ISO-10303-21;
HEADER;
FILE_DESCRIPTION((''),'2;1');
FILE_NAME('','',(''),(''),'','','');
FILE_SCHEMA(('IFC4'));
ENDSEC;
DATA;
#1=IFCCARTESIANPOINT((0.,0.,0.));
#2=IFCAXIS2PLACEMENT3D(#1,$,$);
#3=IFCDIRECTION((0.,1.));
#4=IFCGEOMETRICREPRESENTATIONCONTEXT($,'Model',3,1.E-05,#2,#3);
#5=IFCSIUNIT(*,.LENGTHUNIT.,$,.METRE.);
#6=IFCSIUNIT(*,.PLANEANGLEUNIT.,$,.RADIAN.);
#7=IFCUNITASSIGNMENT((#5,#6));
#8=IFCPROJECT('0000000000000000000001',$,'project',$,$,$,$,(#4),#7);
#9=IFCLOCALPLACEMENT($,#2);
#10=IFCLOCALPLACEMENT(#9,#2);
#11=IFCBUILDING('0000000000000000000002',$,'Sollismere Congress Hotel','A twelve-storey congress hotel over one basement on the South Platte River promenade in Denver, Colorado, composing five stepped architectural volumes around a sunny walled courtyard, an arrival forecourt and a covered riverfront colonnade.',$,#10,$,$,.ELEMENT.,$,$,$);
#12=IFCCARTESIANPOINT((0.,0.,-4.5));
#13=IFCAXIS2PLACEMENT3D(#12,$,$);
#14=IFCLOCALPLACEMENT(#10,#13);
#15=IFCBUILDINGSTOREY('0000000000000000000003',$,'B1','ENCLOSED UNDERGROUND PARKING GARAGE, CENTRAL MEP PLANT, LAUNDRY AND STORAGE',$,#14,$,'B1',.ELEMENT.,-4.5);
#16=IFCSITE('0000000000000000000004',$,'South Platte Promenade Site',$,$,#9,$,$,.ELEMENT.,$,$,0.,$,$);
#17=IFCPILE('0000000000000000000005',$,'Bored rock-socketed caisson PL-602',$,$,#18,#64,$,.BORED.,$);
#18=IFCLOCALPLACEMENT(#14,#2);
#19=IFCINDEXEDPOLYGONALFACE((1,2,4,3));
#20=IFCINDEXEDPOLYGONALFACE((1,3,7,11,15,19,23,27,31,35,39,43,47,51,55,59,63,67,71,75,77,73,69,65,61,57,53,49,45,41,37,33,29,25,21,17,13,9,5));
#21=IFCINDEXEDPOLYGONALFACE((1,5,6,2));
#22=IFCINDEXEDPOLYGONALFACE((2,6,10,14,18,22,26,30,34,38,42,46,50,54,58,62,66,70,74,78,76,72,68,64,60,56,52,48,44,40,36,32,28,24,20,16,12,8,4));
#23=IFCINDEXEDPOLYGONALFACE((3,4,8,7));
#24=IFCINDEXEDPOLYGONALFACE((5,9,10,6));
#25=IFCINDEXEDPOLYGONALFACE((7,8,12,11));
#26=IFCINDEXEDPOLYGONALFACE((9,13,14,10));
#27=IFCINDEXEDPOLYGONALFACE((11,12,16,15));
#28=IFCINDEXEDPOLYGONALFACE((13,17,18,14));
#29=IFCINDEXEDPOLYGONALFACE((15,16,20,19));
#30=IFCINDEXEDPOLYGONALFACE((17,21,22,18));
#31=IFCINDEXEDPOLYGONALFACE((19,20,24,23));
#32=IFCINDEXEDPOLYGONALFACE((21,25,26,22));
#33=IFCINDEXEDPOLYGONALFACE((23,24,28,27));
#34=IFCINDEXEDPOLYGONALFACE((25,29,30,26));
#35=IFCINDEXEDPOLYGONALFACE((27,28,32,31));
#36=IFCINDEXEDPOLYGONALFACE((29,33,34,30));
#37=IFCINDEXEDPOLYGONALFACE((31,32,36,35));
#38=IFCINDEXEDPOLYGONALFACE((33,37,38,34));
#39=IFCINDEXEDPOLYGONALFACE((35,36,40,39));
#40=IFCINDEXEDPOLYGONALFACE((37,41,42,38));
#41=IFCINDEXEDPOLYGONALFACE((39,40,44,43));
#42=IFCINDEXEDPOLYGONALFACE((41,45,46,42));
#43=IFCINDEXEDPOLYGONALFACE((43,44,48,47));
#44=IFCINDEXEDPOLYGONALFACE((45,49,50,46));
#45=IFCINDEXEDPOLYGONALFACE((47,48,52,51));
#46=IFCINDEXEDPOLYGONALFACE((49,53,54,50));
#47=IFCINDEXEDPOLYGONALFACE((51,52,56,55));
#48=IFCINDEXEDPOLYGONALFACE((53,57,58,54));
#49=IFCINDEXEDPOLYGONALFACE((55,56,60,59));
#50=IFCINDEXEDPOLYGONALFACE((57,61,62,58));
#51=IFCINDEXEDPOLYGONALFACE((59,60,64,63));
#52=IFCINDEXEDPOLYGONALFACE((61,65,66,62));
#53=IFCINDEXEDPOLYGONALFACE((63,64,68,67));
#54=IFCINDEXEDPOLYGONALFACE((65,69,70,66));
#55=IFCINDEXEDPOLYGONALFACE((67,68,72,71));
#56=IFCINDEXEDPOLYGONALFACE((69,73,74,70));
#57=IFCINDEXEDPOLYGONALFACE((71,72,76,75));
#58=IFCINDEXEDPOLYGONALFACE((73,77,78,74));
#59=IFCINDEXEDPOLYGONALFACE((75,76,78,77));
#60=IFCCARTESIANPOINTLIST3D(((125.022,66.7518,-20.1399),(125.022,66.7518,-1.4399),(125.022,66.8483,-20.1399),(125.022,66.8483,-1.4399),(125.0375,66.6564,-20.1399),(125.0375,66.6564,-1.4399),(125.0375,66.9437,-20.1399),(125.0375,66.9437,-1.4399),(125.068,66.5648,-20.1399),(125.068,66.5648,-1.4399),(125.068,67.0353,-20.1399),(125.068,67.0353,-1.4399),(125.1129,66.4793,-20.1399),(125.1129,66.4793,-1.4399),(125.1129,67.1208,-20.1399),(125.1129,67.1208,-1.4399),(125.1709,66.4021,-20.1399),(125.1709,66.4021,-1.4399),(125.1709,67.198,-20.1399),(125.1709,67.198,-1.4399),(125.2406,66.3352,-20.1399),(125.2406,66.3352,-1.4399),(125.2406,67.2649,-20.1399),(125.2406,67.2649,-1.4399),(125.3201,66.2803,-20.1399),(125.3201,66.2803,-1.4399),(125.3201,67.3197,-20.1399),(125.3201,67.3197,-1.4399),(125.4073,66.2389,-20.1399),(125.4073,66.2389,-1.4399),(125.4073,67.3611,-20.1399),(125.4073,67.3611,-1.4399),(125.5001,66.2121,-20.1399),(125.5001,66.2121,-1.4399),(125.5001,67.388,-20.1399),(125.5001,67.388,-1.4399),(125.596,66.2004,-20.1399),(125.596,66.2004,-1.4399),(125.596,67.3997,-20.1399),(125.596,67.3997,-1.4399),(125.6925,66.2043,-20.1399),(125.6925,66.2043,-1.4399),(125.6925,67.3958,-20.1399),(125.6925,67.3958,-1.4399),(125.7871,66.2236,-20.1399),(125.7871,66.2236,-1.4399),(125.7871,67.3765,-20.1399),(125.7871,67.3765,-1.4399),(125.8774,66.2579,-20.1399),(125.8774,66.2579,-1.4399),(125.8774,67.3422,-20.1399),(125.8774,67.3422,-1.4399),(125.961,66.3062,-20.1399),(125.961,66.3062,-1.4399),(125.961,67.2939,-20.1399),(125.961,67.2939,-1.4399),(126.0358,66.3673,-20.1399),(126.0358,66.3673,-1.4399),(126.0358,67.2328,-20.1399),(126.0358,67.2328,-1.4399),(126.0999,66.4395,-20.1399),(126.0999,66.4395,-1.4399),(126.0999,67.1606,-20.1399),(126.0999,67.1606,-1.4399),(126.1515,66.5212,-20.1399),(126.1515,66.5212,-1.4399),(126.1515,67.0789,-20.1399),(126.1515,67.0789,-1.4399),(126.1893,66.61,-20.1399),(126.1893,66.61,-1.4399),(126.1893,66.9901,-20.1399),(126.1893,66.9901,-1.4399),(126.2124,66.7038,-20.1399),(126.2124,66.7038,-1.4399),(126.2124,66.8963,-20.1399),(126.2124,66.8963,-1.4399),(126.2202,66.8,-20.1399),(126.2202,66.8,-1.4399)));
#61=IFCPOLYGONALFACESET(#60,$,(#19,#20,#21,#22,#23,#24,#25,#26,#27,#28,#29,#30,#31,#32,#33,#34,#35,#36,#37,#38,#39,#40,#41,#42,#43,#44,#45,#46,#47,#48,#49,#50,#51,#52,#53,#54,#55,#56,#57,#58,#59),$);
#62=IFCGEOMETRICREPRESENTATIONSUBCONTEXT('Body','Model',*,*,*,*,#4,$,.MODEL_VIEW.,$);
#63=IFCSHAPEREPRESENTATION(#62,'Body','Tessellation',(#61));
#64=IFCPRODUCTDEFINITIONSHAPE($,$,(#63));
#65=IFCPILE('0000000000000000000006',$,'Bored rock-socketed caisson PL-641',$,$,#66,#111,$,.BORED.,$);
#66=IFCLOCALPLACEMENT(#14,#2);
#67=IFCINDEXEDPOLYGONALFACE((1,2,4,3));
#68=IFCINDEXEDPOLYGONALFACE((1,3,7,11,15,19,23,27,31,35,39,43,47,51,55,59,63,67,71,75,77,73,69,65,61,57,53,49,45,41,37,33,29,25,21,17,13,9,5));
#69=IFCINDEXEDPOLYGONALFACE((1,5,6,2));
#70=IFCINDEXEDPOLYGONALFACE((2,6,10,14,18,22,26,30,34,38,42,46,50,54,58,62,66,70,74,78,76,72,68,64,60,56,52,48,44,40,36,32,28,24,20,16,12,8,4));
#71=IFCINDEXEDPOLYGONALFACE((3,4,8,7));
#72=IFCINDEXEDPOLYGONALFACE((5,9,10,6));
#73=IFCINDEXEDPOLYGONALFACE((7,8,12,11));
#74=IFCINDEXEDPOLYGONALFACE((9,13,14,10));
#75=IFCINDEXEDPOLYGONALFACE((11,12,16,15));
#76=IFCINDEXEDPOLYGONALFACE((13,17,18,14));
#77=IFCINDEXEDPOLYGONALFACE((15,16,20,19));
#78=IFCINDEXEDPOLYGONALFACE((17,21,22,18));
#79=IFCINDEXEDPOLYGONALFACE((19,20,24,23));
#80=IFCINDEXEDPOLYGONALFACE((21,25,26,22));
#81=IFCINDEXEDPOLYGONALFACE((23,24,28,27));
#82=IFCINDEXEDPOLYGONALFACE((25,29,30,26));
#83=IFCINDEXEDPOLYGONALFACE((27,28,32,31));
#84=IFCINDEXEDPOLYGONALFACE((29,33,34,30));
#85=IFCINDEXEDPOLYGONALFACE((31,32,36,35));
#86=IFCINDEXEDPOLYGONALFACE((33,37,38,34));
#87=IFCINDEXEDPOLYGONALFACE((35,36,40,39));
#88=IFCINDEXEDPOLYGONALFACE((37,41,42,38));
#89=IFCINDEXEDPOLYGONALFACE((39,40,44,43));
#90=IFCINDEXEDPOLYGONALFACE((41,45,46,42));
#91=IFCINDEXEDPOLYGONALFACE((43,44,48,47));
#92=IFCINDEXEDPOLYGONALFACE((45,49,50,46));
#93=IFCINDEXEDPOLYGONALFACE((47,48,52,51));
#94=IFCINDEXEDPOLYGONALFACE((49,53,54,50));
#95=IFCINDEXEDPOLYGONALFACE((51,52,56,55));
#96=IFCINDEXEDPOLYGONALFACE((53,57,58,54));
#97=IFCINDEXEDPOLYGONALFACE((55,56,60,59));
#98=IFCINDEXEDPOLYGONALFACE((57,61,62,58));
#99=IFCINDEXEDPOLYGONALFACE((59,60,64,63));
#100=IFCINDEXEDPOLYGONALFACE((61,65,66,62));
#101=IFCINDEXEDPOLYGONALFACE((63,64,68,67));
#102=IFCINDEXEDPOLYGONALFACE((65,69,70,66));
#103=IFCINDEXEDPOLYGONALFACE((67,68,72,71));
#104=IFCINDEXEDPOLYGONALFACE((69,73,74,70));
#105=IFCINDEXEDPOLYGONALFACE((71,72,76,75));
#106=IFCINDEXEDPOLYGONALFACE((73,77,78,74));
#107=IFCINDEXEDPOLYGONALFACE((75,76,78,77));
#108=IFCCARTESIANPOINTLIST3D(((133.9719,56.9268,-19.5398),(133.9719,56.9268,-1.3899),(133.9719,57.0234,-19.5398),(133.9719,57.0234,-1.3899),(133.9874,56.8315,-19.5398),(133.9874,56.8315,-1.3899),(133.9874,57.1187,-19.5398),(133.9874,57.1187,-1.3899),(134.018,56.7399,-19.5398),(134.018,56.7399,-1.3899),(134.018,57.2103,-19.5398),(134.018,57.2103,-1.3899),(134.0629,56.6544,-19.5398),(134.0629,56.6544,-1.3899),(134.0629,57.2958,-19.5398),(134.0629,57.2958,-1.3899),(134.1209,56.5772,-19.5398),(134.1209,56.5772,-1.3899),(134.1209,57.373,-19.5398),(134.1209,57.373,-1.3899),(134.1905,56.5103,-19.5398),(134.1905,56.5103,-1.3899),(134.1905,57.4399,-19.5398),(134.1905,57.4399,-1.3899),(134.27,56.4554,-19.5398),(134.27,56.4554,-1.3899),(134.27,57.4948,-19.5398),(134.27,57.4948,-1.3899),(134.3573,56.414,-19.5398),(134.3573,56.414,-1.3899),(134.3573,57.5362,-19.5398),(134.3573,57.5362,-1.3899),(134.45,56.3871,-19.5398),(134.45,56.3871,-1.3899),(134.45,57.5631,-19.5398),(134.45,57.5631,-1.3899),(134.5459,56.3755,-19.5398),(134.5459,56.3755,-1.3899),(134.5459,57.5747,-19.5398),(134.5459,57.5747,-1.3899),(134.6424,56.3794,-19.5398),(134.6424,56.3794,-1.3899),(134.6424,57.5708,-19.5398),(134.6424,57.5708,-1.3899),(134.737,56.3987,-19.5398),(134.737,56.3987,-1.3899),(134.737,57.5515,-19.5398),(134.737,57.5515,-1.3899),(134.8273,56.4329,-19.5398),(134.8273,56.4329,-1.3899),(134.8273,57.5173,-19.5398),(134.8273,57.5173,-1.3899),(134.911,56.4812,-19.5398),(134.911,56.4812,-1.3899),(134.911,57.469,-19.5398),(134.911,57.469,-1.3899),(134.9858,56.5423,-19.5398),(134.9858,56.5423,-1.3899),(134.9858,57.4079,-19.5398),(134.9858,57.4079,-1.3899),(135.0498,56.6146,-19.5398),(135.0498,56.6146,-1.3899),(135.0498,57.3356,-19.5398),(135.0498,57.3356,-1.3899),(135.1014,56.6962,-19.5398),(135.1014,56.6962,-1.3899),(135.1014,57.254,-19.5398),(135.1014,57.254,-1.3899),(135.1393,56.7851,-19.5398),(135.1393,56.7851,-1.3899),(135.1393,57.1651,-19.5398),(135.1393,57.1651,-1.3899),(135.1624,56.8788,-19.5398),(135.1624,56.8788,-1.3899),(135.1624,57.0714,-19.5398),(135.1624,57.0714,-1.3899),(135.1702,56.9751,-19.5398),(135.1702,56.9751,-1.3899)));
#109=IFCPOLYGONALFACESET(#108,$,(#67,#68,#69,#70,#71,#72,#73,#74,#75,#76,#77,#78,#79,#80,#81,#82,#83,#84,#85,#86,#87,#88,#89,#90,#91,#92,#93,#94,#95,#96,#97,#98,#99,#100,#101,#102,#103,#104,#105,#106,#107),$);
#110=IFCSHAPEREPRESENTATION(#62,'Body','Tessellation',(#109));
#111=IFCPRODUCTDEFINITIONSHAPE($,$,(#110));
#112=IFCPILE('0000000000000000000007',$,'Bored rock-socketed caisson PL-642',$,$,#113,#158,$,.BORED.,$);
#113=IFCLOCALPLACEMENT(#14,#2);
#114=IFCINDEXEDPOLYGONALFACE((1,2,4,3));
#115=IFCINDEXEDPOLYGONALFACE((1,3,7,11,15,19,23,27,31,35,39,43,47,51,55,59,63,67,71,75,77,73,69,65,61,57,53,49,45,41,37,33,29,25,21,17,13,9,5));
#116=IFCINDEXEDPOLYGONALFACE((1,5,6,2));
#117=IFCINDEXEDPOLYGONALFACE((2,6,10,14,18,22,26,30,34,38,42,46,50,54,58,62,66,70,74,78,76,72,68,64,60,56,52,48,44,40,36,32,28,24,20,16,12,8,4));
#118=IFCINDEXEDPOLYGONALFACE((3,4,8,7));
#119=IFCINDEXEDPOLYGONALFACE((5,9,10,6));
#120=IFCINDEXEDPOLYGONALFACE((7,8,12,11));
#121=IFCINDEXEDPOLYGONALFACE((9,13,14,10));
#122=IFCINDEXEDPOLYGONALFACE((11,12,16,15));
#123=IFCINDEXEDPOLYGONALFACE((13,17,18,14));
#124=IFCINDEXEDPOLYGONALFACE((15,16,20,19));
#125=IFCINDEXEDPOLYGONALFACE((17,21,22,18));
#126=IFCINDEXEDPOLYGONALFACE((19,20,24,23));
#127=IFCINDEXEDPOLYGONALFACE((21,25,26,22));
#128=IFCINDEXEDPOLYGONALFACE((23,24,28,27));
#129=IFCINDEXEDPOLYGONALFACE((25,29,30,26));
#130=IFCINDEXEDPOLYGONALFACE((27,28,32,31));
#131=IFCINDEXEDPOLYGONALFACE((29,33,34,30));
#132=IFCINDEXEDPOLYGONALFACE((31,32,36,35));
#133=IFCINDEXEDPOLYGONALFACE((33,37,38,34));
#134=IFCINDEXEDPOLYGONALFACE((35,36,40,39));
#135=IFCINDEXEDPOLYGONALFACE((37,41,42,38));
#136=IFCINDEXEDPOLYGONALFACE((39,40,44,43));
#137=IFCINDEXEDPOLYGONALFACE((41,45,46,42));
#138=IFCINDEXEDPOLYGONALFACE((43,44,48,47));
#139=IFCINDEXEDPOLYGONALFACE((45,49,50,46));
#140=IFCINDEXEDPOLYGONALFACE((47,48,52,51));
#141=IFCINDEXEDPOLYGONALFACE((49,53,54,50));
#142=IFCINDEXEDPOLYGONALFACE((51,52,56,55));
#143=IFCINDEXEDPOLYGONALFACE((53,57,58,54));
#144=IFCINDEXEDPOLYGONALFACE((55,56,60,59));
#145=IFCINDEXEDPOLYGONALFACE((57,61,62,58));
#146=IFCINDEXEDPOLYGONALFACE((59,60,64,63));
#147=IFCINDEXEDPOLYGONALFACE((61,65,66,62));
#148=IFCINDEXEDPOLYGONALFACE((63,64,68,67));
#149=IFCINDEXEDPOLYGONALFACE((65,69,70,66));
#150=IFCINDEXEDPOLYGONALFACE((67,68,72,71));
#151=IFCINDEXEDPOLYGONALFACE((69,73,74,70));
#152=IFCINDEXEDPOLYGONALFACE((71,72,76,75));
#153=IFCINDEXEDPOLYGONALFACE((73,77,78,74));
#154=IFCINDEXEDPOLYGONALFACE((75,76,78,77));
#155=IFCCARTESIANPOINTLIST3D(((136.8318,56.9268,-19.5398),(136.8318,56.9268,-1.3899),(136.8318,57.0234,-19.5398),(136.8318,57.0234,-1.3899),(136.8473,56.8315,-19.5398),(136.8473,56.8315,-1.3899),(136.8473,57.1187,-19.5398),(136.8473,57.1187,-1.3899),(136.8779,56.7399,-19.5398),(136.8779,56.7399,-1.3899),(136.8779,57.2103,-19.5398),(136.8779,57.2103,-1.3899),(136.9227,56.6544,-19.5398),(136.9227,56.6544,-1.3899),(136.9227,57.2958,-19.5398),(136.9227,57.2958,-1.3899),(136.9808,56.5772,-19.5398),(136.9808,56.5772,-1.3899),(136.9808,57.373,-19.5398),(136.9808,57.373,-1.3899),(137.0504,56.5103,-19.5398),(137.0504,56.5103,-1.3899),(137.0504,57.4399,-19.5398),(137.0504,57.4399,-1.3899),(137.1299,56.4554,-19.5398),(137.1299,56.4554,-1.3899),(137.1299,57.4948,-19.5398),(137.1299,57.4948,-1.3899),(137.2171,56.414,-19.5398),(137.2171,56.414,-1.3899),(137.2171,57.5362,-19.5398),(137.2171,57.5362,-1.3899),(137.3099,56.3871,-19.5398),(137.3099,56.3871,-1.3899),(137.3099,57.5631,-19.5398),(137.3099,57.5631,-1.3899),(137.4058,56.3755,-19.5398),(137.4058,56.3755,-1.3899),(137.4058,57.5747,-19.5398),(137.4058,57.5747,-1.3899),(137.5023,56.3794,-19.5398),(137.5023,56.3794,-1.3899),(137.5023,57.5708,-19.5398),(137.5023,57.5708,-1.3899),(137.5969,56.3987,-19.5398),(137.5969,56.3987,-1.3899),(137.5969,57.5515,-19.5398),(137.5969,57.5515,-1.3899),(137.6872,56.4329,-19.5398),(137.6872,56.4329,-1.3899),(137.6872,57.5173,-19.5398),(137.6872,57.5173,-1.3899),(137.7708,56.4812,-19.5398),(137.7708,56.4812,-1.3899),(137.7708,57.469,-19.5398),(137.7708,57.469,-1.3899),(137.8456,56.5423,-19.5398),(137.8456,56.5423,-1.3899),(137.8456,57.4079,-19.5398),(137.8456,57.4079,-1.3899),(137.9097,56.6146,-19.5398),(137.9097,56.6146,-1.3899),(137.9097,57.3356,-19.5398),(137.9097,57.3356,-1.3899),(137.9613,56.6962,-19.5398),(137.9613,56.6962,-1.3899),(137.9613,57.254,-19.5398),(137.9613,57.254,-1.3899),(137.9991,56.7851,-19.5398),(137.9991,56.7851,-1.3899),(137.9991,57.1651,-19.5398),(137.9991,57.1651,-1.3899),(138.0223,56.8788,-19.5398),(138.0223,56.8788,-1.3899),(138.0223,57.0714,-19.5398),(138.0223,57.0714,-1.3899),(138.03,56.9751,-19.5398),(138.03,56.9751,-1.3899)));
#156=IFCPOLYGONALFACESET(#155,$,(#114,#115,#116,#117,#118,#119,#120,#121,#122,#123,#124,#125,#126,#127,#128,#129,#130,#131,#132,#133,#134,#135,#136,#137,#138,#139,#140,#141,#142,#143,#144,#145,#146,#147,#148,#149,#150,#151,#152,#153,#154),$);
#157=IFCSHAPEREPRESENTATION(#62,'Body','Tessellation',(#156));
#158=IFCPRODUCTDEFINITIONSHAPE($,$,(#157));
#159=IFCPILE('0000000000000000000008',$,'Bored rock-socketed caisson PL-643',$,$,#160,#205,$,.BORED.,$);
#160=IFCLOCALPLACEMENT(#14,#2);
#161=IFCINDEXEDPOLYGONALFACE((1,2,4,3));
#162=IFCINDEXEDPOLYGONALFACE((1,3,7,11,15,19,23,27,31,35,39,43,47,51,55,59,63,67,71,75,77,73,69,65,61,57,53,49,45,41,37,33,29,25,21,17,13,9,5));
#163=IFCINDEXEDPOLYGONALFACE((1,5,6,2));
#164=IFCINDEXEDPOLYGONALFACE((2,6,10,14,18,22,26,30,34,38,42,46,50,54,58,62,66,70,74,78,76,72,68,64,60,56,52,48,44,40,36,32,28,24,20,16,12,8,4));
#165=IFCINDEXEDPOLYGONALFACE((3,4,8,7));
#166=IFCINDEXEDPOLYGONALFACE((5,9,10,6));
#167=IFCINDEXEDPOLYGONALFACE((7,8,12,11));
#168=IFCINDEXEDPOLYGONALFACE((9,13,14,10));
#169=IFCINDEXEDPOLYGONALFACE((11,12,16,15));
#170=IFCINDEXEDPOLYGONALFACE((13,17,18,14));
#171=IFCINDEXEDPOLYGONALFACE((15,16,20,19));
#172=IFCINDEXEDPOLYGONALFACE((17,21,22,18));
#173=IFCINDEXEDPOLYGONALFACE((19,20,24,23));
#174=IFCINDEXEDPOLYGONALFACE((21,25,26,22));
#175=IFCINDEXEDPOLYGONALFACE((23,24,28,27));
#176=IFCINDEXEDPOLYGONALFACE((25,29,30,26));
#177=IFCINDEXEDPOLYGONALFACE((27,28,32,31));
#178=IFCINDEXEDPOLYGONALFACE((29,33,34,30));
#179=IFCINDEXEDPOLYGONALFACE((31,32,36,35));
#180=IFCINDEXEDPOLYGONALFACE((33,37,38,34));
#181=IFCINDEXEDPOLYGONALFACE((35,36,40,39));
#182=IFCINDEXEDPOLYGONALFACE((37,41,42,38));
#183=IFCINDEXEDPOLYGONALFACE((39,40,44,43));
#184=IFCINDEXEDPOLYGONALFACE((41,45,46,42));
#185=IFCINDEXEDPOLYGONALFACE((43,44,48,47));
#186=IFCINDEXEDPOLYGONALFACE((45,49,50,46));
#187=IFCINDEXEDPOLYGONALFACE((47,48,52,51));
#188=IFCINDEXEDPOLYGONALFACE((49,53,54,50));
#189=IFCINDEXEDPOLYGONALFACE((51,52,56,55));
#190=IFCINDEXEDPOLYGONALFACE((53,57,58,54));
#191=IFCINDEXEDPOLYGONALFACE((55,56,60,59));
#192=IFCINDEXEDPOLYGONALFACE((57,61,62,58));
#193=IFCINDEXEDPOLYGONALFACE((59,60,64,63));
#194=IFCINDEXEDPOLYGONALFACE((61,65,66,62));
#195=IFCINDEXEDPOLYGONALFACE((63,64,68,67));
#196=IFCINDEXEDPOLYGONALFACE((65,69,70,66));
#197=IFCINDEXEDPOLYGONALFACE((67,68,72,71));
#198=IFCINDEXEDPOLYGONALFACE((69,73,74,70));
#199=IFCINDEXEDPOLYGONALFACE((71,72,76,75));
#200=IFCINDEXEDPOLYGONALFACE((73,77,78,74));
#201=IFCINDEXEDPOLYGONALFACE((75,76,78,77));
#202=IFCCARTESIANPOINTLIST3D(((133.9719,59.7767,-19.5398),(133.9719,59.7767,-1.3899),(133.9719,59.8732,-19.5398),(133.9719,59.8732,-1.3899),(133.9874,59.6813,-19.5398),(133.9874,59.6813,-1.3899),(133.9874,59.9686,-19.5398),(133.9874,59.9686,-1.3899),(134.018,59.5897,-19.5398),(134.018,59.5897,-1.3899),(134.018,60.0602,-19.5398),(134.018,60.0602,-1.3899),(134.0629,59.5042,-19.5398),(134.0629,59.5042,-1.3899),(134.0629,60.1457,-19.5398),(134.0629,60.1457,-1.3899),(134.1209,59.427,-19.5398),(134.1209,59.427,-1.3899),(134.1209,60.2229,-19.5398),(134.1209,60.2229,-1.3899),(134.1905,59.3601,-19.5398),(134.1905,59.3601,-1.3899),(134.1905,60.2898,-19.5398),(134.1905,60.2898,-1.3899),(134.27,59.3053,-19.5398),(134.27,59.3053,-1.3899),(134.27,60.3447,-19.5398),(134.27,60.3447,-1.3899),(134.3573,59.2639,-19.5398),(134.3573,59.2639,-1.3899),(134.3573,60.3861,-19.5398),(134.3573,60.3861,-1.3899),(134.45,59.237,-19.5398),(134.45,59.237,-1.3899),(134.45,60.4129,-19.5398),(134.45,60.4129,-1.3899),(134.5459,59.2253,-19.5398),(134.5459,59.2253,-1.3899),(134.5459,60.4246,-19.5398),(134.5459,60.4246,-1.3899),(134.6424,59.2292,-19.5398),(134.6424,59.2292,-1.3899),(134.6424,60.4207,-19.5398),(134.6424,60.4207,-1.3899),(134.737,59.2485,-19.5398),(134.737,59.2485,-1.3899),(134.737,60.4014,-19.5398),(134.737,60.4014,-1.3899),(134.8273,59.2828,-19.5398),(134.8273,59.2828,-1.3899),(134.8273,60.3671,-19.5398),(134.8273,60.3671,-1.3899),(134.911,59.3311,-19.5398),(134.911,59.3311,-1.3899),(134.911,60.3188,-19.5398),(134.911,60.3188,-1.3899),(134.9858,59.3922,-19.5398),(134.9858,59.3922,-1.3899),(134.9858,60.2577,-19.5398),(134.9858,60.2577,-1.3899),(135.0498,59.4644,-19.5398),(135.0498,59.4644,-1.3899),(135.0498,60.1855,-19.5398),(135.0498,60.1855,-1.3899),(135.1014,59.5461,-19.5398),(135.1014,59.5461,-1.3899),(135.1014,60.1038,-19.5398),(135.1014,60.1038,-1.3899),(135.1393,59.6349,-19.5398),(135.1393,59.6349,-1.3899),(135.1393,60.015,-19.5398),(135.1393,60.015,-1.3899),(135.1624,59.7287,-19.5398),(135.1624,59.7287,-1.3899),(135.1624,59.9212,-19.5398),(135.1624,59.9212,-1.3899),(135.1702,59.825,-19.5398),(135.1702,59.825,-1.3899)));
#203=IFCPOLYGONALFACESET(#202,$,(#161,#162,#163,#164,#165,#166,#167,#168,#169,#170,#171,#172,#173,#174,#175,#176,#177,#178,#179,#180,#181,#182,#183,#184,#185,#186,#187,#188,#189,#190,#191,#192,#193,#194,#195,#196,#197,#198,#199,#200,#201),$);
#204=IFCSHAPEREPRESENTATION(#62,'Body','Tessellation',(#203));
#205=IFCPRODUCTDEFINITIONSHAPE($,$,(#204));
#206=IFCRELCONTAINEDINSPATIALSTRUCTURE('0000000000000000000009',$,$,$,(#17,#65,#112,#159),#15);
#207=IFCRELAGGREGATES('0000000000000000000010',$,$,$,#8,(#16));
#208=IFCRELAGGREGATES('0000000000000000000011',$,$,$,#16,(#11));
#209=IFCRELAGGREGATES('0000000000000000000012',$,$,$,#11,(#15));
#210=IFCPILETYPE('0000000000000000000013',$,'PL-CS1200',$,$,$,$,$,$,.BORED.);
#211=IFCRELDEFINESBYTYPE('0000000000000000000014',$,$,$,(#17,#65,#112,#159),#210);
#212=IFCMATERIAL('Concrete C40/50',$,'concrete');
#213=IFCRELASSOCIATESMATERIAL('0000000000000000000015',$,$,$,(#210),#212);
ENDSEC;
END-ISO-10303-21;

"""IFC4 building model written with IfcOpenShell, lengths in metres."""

from ifc_helpers import new_model, si_unit, direction, frame, origin, origin_2d, place, context, subcontext, project, spatial, circle, extrude, material, material_profile, profile_set, type_object, element, save


model = new_model("IFC4")

# Units and contexts
model_context = context("Model", 3, precision=1e-05, world=origin(), true_north=direction((0.0, 1.0)))
body_context = subcontext(model_context, "Body", "Model", "MODEL_VIEW")
ifc_project = project(units=[si_unit("LENGTHUNIT", "METRE"), si_unit("PLANEANGLEUNIT", "RADIAN")], contexts=[model_context])

# Site, building, storey
site_placement = place(None, origin())
site = spatial("IfcSite", under=ifc_project, at=site_placement, Name="South Platte Promenade Site", CompositionType="ELEMENT", RefElevation=0.0)
building_placement = place(site_placement, origin())
building = spatial("IfcBuilding", under=site, at=building_placement, Name="Sollismere Congress Hotel", Description="A twelve-storey congress hotel over one basement on the South Platte River promenade in Denver, Colorado, composing five stepped architectural volumes around a sunny walled courtyard, an arrival forecourt and a covered riverfront colonnade.", CompositionType="ELEMENT")
storey_placement = place(building_placement, frame((0.0, 0.0, -4.5)))
storey = spatial("IfcBuildingStorey", under=building, at=storey_placement, Name="B1", Description="ENCLOSED UNDERGROUND PARKING GARAGE, CENTRAL MEP PLANT, LAUNDRY AND STORAGE", LongName="B1", CompositionType="ELEMENT", Elevation=-4.5)

# Shared definitions
ifc_material_1 = material(Name="Concrete C40/50", Category="concrete")

# Piles
ifc_material_profile_1 = material_profile(ifc_material_1, circle(Radius=0.6001, at=origin_2d()), Name="CAISSON1200")
ifc_profile_set_1 = profile_set([ifc_material_profile_1], Name="Concrete C40/50")
pile_type = type_object("IfcPileType", Name="PL-CS1200", PredefinedType="BORED", material=ifc_profile_set_1)
pile_placement = place(storey_placement, frame((125.6201, 66.8, -1.4399), z_axis=(0.0, 0.0, -1.0), x_axis=(1.0, 0.0, 0.0)))
element("IfcPile", 1, at=pile_placement, inside=storey, type_object=pile_type, Name="Bored rock-socketed caisson PL-602", PredefinedType="BORED", context=body_context, shape_type="SweptSolid", body=[
    extrude(circle(Radius=0.6001, at=origin_2d()), origin(), (0.0, 0.0, 1.0), 18.7),
])
for number, where, z_axis, x_axis, name in (
    (2, (134.5701, 56.9751, -1.3899), (0.0, 0.0, -1.0), (1.0, 0.0, 0.0), "Bored rock-socketed caisson PL-641"),
    (3, (137.4299, 56.9751, -1.3899), (0.0, 0.0, -1.0), (1.0, 0.0, 0.0), "Bored rock-socketed caisson PL-642"),
    (4, (134.5701, 59.825, -1.3899), (0.0, 0.0, -1.0), (1.0, 0.0, 0.0), "Bored rock-socketed caisson PL-643"),
):
    element("IfcPile", number, at=place(storey_placement, frame(where, z_axis=z_axis, x_axis=x_axis)), inside=storey, type_object=pile_type, Name=name, PredefinedType="BORED", context=body_context, shape_type="SweptSolid", body=[
        extrude(circle(Radius=0.6001, at=origin_2d()), origin(), (0.0, 0.0, 1.0), 18.1499),
    ])

save(model, "model.ifc")
